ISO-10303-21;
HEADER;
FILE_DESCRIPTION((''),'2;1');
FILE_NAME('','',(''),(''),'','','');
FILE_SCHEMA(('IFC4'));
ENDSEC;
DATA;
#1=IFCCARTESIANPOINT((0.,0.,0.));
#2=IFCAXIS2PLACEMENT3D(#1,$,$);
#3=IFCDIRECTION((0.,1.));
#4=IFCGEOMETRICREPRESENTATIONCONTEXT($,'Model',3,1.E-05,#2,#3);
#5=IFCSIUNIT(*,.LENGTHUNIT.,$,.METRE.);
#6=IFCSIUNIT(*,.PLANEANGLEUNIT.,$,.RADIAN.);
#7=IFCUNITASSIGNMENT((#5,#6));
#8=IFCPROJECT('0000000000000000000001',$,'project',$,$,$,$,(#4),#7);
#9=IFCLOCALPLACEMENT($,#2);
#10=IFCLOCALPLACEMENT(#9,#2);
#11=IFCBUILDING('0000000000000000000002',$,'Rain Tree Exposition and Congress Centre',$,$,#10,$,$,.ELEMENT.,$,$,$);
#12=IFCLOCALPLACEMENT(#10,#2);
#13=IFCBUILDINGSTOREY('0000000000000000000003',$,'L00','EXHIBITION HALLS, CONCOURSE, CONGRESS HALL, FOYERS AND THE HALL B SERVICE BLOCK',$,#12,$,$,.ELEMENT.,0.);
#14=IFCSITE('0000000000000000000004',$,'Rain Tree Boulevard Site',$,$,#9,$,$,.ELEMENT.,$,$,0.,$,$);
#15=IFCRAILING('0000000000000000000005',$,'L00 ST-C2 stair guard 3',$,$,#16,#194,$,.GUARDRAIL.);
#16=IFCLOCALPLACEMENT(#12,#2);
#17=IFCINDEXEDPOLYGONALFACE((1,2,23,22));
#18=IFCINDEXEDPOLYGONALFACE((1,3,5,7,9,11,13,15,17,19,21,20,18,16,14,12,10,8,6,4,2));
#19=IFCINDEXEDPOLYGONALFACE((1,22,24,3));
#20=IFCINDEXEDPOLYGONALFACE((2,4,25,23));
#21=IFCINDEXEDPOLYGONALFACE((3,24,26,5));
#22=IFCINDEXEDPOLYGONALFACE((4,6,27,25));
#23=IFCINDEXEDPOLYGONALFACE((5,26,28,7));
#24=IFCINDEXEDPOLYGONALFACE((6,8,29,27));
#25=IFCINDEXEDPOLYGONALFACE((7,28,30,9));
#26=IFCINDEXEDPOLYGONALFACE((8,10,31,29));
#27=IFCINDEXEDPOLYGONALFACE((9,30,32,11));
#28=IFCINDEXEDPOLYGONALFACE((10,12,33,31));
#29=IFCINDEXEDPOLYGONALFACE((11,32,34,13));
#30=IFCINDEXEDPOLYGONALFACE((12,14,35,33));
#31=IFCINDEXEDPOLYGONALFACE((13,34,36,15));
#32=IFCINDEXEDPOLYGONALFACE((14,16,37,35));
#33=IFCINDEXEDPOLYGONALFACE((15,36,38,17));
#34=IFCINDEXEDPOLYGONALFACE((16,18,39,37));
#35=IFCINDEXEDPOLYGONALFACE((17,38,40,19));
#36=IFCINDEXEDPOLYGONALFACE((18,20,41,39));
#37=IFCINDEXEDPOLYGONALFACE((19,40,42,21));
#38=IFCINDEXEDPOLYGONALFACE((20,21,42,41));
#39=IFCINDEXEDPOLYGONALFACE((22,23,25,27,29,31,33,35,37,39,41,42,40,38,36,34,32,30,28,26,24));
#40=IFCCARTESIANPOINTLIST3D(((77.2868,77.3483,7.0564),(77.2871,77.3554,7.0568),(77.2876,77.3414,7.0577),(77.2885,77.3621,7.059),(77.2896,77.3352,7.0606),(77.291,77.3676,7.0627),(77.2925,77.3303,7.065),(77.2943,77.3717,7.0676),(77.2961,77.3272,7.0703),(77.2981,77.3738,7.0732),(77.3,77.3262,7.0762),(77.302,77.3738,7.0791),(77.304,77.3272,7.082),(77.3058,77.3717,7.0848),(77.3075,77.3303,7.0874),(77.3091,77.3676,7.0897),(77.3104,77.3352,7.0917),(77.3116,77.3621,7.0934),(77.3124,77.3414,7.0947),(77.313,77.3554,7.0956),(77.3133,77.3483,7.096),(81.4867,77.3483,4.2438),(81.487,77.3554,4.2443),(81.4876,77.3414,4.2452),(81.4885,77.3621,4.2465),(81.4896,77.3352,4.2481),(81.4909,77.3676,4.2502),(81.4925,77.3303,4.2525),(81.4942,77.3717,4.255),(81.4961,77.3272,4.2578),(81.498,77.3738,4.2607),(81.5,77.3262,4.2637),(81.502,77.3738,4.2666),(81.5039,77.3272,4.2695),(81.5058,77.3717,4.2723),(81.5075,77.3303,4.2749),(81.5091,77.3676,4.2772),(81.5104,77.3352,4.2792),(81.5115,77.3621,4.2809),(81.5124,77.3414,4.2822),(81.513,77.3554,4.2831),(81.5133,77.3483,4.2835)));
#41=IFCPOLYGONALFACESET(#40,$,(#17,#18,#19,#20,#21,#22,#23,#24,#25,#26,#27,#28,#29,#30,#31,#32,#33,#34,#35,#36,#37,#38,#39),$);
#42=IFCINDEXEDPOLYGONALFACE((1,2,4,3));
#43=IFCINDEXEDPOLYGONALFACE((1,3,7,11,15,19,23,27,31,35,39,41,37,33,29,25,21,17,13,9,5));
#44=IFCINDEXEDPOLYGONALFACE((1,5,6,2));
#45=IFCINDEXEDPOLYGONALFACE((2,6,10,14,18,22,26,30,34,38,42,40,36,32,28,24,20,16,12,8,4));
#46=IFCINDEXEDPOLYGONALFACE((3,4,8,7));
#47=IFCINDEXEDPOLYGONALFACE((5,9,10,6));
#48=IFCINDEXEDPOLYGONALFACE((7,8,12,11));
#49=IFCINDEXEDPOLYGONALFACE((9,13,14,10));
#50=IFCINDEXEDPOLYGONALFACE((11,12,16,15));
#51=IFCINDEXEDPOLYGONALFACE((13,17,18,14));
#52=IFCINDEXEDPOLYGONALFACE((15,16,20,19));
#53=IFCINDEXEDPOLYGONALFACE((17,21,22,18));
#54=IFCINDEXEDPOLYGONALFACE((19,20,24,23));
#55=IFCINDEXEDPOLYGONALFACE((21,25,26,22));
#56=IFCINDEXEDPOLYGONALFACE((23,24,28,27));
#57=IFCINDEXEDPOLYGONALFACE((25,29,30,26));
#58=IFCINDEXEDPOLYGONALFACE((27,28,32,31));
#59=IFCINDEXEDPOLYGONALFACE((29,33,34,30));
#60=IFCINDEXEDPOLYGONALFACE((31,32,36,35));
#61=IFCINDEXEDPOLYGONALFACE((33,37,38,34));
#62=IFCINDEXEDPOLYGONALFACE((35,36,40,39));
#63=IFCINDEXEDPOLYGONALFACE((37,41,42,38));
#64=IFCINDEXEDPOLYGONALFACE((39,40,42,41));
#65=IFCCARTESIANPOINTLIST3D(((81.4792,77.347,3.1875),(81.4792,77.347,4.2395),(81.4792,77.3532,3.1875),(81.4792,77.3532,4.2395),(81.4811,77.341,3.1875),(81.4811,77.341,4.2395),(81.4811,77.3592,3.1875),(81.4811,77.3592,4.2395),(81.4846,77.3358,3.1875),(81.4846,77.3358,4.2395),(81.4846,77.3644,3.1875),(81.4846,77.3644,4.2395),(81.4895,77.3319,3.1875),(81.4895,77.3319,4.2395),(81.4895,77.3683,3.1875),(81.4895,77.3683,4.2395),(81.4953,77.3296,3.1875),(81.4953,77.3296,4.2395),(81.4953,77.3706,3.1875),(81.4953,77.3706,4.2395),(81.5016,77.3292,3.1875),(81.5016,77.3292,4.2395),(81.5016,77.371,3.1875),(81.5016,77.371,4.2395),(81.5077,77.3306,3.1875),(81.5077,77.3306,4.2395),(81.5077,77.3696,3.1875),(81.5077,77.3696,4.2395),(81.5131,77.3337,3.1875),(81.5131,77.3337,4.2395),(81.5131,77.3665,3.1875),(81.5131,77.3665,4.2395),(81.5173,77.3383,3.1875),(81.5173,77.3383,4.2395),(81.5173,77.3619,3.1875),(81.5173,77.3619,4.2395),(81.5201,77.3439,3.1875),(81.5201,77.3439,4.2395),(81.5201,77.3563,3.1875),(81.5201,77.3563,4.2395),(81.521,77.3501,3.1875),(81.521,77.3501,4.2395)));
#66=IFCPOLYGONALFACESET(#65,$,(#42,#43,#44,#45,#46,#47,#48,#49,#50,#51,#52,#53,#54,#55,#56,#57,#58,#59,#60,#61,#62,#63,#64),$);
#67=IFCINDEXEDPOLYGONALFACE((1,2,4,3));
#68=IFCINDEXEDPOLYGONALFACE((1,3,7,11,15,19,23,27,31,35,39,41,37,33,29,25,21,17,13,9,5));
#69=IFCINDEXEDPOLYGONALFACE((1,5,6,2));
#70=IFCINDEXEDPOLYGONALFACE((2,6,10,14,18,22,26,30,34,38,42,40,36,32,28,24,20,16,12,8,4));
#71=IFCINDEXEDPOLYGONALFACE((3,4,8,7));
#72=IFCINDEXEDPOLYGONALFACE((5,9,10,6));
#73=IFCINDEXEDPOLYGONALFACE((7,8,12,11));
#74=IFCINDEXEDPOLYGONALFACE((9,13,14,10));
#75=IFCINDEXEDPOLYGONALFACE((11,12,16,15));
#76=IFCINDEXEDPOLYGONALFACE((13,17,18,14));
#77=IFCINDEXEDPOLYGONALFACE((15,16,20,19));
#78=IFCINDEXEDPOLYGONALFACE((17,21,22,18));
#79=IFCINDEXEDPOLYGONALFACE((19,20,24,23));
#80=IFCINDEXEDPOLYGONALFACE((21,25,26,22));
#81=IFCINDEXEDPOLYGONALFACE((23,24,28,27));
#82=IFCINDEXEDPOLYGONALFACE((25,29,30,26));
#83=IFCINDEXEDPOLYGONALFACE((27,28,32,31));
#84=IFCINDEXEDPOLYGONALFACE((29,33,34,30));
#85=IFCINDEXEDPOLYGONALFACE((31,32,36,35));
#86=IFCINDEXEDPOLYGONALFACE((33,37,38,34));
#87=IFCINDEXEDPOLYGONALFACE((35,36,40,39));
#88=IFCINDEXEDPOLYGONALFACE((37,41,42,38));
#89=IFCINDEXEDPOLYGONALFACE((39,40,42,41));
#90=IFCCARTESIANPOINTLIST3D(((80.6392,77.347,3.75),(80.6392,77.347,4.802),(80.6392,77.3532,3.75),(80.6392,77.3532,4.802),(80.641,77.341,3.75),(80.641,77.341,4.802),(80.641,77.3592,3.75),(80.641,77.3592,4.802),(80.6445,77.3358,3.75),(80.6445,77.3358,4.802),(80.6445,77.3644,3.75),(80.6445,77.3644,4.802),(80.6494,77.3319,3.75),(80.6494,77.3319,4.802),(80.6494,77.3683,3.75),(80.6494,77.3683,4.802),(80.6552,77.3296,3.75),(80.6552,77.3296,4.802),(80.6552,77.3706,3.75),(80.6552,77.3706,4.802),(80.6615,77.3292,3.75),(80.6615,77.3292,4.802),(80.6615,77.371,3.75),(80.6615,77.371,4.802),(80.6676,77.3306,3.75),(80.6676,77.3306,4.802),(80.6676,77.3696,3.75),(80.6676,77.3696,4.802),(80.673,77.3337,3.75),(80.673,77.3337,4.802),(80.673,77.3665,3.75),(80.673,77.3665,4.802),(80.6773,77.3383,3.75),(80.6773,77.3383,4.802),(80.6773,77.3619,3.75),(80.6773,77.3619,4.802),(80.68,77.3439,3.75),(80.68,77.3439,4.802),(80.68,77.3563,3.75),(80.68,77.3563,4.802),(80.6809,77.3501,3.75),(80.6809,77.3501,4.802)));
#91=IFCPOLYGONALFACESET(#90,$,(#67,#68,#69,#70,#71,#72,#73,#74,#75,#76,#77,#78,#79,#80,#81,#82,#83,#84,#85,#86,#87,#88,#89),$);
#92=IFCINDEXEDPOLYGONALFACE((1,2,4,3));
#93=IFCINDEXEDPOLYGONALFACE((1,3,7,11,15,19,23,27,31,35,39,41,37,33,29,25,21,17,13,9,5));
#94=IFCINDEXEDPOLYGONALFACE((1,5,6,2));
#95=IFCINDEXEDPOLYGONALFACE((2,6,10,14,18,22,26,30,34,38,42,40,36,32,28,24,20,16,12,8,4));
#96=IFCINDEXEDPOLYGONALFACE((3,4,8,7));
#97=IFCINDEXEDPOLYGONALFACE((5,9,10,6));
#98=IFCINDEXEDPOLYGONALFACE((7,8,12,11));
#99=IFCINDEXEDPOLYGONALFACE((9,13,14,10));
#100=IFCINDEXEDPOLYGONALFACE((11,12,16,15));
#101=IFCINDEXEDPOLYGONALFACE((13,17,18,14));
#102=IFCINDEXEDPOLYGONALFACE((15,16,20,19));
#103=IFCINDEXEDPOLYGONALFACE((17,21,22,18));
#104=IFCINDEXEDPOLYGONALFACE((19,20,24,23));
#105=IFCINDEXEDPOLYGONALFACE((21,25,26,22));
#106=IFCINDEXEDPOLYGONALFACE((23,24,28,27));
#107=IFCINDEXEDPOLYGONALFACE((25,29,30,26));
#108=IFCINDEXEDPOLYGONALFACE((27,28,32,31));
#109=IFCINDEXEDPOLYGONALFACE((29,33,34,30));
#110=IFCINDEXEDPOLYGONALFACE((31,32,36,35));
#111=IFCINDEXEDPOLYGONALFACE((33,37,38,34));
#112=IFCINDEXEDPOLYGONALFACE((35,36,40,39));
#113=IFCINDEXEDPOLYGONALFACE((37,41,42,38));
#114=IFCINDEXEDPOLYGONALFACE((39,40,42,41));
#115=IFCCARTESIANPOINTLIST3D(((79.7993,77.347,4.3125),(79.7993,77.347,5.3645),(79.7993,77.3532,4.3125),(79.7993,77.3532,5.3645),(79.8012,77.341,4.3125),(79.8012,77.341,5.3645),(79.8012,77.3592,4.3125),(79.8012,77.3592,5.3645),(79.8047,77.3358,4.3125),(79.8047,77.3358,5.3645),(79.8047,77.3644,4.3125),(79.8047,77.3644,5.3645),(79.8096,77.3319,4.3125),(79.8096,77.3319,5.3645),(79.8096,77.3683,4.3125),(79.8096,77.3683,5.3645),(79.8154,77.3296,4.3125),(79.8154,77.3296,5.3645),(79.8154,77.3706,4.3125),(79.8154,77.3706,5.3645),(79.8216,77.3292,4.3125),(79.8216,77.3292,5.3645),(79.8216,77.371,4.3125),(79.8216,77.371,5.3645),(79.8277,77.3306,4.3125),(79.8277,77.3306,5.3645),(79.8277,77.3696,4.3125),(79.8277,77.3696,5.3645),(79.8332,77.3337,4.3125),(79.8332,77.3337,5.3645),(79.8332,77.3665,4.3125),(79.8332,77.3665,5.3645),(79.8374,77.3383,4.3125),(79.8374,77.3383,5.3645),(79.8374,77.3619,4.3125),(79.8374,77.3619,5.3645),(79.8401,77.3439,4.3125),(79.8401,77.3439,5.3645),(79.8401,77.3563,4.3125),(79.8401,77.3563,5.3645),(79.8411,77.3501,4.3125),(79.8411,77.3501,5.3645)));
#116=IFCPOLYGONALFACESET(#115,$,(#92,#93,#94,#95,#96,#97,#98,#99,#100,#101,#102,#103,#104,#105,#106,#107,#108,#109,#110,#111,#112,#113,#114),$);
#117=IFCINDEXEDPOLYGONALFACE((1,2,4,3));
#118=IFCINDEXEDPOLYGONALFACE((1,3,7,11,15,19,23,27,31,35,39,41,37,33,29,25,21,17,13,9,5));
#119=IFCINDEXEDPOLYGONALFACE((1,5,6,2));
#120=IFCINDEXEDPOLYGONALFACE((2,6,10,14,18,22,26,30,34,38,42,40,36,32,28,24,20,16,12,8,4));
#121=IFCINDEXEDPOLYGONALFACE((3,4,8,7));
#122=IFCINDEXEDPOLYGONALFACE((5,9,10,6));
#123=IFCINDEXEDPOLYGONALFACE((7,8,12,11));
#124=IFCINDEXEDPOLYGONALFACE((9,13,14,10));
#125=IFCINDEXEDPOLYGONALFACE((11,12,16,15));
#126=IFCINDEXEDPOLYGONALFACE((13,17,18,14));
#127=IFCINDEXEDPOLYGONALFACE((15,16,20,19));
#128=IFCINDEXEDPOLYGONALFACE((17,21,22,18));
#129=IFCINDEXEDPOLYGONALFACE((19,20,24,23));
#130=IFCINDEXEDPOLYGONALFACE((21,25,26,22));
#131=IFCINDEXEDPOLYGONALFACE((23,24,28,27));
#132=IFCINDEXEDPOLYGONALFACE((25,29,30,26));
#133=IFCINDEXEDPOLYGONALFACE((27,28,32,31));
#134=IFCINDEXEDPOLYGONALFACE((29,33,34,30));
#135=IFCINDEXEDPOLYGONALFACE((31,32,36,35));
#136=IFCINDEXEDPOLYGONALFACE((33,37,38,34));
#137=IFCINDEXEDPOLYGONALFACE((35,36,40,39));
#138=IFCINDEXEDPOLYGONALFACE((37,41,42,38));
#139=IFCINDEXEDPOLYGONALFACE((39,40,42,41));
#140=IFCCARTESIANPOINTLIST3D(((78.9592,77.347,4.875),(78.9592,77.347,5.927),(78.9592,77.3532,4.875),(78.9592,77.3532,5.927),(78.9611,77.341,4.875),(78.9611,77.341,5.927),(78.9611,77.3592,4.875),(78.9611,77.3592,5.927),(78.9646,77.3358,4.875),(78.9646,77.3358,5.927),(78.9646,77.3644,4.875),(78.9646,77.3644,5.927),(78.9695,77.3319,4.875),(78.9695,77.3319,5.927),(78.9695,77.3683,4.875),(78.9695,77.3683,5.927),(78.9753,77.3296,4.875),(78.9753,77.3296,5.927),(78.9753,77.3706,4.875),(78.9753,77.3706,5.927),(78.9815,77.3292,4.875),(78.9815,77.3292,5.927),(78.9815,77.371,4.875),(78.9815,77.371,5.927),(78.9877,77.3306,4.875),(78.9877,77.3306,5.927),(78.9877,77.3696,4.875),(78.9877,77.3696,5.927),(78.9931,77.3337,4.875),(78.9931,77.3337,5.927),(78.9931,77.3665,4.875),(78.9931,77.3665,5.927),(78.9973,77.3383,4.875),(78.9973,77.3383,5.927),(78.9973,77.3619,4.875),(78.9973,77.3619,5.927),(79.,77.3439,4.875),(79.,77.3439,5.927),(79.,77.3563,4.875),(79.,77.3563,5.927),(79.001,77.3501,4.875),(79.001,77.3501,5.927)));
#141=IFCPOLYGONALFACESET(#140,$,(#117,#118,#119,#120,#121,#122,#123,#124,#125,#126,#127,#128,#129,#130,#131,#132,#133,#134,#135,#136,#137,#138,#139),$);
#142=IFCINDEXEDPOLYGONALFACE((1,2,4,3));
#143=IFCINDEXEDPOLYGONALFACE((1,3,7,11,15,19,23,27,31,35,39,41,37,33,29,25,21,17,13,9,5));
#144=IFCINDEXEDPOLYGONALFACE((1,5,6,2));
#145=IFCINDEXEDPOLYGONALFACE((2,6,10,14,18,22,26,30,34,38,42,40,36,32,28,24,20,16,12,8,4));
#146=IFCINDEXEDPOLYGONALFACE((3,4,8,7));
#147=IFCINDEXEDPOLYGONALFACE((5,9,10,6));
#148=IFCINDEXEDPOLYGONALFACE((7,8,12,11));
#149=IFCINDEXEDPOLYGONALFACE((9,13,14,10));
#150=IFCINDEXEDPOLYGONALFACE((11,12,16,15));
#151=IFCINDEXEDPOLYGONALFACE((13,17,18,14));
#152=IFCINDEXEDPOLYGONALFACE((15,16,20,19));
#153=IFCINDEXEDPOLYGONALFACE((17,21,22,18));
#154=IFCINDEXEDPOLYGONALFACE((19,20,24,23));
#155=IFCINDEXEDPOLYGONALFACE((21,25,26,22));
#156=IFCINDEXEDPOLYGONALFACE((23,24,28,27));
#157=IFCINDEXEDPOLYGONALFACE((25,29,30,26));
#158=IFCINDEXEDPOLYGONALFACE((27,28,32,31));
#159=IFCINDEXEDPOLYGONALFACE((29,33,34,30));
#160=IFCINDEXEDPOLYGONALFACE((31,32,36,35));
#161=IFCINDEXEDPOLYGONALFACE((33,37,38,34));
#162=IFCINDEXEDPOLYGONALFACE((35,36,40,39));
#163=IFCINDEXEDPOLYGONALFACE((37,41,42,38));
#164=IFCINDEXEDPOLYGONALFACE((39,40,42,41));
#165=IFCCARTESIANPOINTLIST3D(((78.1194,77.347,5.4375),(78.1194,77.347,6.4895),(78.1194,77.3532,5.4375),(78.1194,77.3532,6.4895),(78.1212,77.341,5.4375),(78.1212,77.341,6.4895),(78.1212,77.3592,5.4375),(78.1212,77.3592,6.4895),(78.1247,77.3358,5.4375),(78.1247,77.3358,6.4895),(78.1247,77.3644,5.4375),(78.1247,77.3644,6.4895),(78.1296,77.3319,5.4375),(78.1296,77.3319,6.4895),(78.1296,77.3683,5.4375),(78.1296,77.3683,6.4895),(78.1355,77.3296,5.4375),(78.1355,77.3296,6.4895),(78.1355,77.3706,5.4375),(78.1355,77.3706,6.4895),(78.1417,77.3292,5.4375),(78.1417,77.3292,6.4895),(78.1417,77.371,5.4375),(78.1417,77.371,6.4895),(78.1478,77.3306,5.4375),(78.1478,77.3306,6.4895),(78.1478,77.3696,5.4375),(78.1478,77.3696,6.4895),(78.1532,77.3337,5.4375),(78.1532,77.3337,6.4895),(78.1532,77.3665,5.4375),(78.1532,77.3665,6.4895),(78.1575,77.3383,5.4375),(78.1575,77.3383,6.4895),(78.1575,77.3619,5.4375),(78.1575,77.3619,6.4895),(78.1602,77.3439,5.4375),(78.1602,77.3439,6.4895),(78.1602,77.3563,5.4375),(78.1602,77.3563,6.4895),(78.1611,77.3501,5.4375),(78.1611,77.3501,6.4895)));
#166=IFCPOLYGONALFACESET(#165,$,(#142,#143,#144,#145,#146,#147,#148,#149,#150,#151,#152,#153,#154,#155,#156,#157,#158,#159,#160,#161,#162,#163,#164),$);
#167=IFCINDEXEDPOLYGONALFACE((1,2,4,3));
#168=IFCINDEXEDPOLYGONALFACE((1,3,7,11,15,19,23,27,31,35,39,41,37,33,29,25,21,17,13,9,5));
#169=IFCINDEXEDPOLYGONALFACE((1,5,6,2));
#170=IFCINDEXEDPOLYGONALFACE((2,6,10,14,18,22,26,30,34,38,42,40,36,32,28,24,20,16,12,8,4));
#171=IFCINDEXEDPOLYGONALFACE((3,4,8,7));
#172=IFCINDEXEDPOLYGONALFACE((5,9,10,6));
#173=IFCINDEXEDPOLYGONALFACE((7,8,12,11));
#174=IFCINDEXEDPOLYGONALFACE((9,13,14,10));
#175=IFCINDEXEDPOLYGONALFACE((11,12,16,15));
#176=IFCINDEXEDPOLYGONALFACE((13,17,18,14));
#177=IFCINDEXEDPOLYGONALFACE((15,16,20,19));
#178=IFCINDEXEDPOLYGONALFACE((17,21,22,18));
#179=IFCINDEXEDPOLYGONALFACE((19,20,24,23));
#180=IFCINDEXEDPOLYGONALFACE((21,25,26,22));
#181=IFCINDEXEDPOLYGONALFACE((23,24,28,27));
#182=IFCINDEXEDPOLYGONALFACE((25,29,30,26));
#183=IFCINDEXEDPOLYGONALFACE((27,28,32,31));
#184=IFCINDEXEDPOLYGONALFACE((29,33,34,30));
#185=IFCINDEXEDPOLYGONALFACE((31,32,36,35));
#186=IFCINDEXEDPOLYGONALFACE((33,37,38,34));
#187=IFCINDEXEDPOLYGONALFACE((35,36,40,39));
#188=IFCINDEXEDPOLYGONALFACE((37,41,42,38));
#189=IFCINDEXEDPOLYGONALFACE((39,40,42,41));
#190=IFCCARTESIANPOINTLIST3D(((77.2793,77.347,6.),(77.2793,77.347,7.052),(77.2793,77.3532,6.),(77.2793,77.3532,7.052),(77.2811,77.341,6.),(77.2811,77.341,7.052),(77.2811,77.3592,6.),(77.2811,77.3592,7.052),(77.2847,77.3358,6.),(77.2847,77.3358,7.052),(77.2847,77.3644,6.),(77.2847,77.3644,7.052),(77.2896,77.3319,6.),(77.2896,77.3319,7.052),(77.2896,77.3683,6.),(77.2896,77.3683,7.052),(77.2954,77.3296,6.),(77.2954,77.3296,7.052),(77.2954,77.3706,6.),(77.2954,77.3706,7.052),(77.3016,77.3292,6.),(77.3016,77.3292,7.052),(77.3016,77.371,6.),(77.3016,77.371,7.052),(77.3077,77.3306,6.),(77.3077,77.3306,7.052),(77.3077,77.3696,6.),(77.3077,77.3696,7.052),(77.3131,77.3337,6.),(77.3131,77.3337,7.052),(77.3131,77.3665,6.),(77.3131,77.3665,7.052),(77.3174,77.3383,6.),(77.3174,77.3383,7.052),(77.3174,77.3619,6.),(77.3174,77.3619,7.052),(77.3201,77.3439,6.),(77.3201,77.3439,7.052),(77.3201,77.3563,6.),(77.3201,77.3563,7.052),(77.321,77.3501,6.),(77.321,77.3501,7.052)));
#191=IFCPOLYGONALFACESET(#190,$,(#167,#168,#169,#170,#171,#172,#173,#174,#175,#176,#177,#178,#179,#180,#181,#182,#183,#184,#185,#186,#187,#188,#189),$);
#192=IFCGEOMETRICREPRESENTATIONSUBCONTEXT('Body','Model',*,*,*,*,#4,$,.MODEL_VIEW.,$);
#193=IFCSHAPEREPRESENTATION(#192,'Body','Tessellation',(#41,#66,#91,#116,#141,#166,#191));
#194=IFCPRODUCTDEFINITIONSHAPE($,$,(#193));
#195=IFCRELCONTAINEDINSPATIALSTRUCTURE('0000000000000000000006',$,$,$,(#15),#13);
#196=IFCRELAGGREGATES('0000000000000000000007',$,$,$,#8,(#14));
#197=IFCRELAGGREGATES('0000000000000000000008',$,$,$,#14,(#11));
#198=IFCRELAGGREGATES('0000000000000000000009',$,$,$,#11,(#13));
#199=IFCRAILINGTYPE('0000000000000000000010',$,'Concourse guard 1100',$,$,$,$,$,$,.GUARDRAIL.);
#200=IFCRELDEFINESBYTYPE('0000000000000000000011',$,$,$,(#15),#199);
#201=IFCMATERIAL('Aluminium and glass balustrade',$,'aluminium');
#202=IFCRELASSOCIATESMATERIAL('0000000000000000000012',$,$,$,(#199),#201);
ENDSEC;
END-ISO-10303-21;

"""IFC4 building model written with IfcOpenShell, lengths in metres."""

from ifc_helpers import new_model, si_unit, direction, frame, origin, origin_2d, place, context, subcontext, project, spatial, circle, extrude, material, type_object, element, save


model = new_model("IFC4")

# Units and contexts
model_context = context("Model", 3, precision=1e-05, world=origin(), true_north=direction((0.0, 1.0)))
body_context = subcontext(model_context, "Body", "Model", "MODEL_VIEW")
ifc_project = project(units=[si_unit("LENGTHUNIT", "METRE"), si_unit("PLANEANGLEUNIT", "RADIAN")], contexts=[model_context])

# Site, building, storey
site_placement = place(None, origin())
site = spatial("IfcSite", under=ifc_project, at=site_placement, Name="Rain Tree Boulevard Site", CompositionType="ELEMENT", RefElevation=0.0)
building_placement = place(site_placement, origin())
building = spatial("IfcBuilding", under=site, at=building_placement, Name="Rain Tree Exposition and Congress Centre", CompositionType="ELEMENT")
storey_placement = place(building_placement, origin())
storey = spatial("IfcBuildingStorey", under=building, at=storey_placement, Name="L00", Description="EXHIBITION HALLS, CONCOURSE, CONGRESS HALL, FOYERS AND THE HALL B SERVICE BLOCK", CompositionType="ELEMENT", Elevation=0.0)

# Railing
ifc_material_1 = material(Name="Aluminium and glass balustrade", Category="aluminium")
railing_type_1 = type_object("IfcRailingType", Name="Concourse guard 1100", PredefinedType="GUARDRAIL", material=ifc_material_1)
railing_1_placement = place(storey_placement, frame((81.5, 77.3501, 3.1875)))
element("IfcRailing", 1, at=railing_1_placement, inside=storey, type_object=railing_type_1, Name="L00 ST-C2 stair guard 3", PredefinedType="GUARDRAIL", context=body_context, shape_type="SweptSolid", body=[
    extrude(circle(Radius=0.0239, at=origin_2d()), frame((0.0, 0.0, 1.0762), z_axis=(-0.830904, 0.0, 0.556416), x_axis=(0.0, -1.0, 0.0)), (0.0, 0.0, 1.0), 5.0547),
    extrude(circle(Radius=0.021, at=origin_2d()), origin(), (0.0, 0.0, 1.0), 1.052),
    extrude(circle(Radius=0.021, at=origin_2d()), frame((-0.8401, 0.0, 0.5625)), (0.0, 0.0, 1.0), 1.052),
    extrude(circle(Radius=0.021, at=origin_2d()), frame((-1.6799, 0.0, 1.125)), (0.0, 0.0, 1.0), 1.052),
    extrude(circle(Radius=0.021, at=origin_2d()), frame((-2.52, 0.0, 1.6875)), (0.0, 0.0, 1.0), 1.052),
    extrude(circle(Radius=0.021, at=origin_2d()), frame((-3.3599, 0.0, 2.25)), (0.0, 0.0, 1.0), 1.052),
    extrude(circle(Radius=0.021, at=origin_2d()), frame((-4.2, 0.0, 2.8125)), (0.0, 0.0, 1.0), 1.052),
])

save(model, "model.ifc")
